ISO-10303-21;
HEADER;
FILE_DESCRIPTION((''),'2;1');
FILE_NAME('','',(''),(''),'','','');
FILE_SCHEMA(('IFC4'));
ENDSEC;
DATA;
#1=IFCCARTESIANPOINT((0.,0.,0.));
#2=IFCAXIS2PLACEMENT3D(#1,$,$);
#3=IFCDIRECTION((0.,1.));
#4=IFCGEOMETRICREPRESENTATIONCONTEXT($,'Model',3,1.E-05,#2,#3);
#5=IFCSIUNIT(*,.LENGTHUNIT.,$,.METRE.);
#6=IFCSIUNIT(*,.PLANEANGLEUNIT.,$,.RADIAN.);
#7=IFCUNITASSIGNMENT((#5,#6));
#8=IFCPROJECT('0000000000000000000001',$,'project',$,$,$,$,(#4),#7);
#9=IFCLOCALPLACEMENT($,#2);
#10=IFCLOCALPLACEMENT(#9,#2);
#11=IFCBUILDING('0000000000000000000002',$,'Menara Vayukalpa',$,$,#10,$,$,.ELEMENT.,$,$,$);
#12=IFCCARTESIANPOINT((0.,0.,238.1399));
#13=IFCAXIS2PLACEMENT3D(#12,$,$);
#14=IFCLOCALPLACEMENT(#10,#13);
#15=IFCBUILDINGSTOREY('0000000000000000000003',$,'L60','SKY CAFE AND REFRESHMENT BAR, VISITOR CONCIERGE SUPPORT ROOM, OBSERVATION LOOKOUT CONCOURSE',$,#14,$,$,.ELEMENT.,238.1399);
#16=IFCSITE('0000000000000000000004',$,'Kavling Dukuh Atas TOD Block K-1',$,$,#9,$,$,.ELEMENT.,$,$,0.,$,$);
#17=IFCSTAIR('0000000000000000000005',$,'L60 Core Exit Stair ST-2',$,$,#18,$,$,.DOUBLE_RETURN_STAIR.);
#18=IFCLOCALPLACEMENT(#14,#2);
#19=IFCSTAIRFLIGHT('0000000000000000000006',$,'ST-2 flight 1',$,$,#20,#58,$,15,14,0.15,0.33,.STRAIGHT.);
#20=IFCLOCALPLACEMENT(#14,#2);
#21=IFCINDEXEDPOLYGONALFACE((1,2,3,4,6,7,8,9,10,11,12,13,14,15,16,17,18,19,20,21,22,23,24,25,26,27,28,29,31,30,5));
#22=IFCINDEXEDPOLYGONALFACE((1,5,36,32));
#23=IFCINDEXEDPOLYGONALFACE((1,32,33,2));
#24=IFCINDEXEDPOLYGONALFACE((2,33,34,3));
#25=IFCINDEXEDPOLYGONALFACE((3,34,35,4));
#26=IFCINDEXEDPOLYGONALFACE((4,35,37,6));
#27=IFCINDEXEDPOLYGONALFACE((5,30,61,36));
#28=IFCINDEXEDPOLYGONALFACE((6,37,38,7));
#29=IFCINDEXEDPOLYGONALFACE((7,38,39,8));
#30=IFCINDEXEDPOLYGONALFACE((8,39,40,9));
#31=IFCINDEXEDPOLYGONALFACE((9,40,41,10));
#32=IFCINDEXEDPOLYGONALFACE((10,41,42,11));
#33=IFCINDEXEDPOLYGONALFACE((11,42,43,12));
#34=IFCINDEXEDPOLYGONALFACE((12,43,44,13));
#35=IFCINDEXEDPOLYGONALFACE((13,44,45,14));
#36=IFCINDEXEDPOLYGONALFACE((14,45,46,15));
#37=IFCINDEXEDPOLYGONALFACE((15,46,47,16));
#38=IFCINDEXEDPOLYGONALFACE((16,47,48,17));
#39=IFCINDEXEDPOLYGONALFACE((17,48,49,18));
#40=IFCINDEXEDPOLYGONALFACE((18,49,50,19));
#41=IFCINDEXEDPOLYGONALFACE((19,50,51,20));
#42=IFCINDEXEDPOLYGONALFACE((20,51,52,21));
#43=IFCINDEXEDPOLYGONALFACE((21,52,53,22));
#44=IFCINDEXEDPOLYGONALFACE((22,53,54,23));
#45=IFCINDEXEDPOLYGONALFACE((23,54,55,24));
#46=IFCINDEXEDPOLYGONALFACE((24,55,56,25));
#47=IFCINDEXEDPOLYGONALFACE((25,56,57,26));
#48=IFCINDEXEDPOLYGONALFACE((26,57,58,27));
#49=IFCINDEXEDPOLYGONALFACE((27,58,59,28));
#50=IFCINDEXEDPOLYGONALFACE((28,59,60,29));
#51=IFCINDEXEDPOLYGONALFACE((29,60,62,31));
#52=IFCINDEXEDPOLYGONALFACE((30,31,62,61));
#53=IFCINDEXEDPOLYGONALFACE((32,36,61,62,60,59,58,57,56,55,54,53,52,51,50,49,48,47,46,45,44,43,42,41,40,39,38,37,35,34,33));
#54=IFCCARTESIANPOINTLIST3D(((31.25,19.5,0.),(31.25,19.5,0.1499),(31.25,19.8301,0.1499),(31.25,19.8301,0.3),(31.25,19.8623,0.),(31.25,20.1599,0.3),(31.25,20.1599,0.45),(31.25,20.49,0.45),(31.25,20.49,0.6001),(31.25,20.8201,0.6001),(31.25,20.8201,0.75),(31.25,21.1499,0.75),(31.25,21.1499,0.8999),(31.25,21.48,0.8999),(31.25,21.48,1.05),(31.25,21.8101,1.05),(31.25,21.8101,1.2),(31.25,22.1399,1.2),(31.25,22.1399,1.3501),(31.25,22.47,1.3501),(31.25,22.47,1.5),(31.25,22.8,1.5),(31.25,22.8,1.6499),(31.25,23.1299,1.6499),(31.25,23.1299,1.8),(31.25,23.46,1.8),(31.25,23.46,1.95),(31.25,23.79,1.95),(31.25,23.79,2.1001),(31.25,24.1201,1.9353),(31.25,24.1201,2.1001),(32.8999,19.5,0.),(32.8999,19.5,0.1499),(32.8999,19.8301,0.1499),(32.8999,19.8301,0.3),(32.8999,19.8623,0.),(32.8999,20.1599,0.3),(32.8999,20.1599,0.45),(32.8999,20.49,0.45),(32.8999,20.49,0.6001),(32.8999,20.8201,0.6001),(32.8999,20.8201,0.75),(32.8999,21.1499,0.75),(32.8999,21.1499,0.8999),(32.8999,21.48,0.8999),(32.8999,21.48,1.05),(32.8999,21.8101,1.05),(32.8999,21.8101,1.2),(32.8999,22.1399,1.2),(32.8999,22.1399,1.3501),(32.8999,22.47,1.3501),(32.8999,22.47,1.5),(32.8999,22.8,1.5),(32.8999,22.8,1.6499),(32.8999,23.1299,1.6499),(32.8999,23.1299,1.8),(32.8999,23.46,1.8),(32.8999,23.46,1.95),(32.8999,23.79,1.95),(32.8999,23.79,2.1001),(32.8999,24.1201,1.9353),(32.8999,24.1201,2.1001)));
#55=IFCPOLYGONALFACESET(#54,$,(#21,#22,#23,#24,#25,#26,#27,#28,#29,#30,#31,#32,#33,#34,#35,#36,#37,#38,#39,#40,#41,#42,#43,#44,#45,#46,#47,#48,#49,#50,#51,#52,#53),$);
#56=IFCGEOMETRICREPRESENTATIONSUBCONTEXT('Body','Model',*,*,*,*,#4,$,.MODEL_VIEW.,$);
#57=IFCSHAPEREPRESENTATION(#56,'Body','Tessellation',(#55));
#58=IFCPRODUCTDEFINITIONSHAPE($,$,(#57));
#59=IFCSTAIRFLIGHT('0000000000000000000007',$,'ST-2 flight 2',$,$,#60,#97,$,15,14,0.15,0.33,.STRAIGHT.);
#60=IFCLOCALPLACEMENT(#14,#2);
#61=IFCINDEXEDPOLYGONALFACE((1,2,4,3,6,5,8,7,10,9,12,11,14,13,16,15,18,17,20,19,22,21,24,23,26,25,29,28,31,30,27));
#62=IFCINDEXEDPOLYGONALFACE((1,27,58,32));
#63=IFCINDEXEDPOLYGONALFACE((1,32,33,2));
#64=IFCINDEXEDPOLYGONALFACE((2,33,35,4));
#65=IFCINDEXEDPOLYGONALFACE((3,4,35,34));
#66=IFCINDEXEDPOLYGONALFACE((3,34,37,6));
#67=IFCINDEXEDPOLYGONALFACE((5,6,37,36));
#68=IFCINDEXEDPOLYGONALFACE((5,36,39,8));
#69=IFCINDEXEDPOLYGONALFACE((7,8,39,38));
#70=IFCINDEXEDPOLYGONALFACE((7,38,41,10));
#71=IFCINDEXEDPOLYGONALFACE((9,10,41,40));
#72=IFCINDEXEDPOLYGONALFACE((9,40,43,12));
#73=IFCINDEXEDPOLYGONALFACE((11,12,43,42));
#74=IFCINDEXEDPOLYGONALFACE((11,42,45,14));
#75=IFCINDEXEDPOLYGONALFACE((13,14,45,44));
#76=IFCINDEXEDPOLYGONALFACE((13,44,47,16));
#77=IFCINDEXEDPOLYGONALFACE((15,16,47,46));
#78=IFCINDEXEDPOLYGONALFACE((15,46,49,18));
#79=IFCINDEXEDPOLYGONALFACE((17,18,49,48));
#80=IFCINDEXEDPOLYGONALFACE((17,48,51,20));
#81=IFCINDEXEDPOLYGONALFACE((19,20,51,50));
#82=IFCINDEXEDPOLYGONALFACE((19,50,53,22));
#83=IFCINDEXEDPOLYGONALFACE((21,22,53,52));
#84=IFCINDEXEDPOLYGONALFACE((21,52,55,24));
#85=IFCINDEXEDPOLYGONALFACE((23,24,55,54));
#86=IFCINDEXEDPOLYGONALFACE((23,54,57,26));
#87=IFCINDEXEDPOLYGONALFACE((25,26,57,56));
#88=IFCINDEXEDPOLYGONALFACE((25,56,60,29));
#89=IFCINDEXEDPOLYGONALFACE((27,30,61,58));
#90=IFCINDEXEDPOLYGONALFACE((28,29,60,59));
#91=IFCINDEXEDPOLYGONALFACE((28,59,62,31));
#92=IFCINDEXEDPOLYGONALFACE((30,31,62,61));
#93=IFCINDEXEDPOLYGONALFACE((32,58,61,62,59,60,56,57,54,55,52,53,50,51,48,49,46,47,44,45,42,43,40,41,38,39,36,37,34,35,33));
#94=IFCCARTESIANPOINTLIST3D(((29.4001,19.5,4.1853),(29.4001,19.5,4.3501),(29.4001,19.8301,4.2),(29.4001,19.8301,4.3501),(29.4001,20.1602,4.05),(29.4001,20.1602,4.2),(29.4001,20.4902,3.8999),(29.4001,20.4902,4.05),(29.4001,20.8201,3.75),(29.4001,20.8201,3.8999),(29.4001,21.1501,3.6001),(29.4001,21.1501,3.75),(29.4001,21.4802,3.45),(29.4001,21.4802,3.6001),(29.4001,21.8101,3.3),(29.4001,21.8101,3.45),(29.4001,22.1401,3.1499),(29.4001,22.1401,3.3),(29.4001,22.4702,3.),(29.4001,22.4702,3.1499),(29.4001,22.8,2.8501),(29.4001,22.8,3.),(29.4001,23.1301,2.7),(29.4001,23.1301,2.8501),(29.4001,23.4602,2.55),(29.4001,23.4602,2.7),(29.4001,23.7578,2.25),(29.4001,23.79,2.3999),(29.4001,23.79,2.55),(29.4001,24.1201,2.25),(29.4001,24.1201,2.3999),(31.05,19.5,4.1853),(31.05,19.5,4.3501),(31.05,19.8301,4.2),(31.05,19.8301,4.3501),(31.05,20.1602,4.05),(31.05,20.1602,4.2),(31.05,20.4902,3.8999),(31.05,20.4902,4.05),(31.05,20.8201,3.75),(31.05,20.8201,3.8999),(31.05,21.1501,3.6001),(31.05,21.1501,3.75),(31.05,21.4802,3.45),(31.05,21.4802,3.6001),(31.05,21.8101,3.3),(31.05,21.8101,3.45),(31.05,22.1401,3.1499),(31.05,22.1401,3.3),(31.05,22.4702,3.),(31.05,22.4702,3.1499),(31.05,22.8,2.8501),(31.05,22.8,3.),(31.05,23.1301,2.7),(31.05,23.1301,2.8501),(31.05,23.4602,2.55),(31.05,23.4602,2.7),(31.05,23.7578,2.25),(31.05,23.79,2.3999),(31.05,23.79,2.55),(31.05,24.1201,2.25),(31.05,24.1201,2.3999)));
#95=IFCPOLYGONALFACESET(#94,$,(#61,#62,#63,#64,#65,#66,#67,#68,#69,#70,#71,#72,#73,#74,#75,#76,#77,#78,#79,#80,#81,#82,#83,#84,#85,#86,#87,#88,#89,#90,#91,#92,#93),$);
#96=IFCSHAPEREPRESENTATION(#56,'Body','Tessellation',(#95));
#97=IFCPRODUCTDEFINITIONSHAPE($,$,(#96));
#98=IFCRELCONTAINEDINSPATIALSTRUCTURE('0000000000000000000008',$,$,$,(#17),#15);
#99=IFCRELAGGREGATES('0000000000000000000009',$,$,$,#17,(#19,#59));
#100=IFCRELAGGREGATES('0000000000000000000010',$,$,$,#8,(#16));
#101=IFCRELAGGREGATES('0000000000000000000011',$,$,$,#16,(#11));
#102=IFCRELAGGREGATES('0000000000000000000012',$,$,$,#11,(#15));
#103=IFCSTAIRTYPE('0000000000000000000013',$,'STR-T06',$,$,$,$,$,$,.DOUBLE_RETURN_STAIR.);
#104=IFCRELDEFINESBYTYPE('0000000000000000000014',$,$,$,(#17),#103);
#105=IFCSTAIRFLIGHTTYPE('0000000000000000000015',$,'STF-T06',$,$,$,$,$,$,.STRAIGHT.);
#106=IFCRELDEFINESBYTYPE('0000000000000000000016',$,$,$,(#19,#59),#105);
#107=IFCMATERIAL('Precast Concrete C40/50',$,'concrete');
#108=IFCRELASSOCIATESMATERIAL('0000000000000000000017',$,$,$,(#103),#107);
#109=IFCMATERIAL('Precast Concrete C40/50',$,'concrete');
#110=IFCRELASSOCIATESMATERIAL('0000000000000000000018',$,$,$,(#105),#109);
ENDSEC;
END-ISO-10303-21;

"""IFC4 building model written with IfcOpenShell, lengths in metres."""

from ifc_helpers import new_model, si_unit, direction, frame, origin, place, context, subcontext, project, spatial, polyline, outline, extrude, material, type_object, element, aggregate, save


model = new_model("IFC4")

# Units and contexts
model_context = context("Model", 3, precision=1e-05, world=origin(), true_north=direction((0.0, 1.0)))
body_context = subcontext(model_context, "Body", "Model", "MODEL_VIEW")
ifc_project = project(units=[si_unit("LENGTHUNIT", "METRE"), si_unit("PLANEANGLEUNIT", "RADIAN")], contexts=[model_context])

# Site, building, storey
site_placement = place(None, origin())
site = spatial("IfcSite", under=ifc_project, at=site_placement, Name="Kavling Dukuh Atas TOD Block K-1", CompositionType="ELEMENT", RefElevation=0.0)
building_placement = place(site_placement, origin())
building = spatial("IfcBuilding", under=site, at=building_placement, Name="Menara Vayukalpa", CompositionType="ELEMENT")
storey_placement = place(building_placement, frame((0.0, 0.0, 238.1399)))
storey = spatial("IfcBuildingStorey", under=building, at=storey_placement, Name="L60", Description="SKY CAFE AND REFRESHMENT BAR, VISITOR CONCIERGE SUPPORT ROOM, OBSERVATION LOOKOUT CONCOURSE", CompositionType="ELEMENT", Elevation=238.1399)

# Stair, stair flights
ifc_material_1 = material(Name="Precast Concrete C40/50", Category="concrete")
stair_type = type_object("IfcStairType", Name="STR-T06", PredefinedType="DOUBLE_RETURN_STAIR", material=ifc_material_1)
stair_placement = place(storey_placement, origin())
stair = element("IfcStair", 1, at=stair_placement, inside=storey, type_object=stair_type, Name="L60 Core Exit Stair ST-2", PredefinedType="DOUBLE_RETURN_STAIR")
ifc_material_2 = material(Name="Precast Concrete C40/50", Category="concrete")
stair_flight_type = type_object("IfcStairFlightType", Name="STF-T06", PredefinedType="STRAIGHT", material=ifc_material_2)
stair_flight_1_placement = place(storey_placement, frame((32.075, 19.5, 0.0), z_axis=(0.0, 0.0, 1.0), x_axis=(0.0, 1.0, 0.0)))
stair_flight_1 = element("IfcStairFlight", 2, at=stair_flight_1_placement, type_object=stair_flight_type, Name="ST-2 flight 1", NumberOfRisers=15, NumberOfTreads=14, PredefinedType="STRAIGHT", RiserHeight=0.15, TreadLength=0.33, context=body_context, shape_type="SweptSolid", body=[
    extrude(outline(polyline([(0.0, 0.0), (0.0, 0.1499), (0.3301, 0.1499), (0.3301, 0.3), (0.6599, 0.3), (0.6599, 0.45), (0.99, 0.45), (0.99, 0.6001), (1.3201, 0.6001), (1.3201, 0.75), (1.6499, 0.75), (1.6499, 0.8999), (1.98, 0.8999), (1.98, 1.05), (2.3101, 1.05), (2.3101, 1.2), (2.6399, 1.2), (2.6399, 1.3501), (2.97, 1.3501), (2.97, 1.5), (3.3, 1.5), (3.3, 1.6499), (3.6299, 1.6499), (3.6299, 1.8), (3.96, 1.8), (3.96, 1.95), (4.29, 1.95), (4.29, 2.1001), (4.6201, 2.1001), (4.6201, 2.25), (4.6201, 1.9353), (0.3623, 0.0), (0.0, 0.0)])), frame((0.0, 0.825, 0.0), z_axis=(0.0, -1.0, 0.0), x_axis=(1.0, 0.0, 0.0)), (0.0, 0.0, 1.0), 1.6499),
])
stair_flight_2_placement = place(storey_placement, frame((30.2251, 24.1201, 2.25), z_axis=(0.0, 0.0, 1.0), x_axis=(0.0, -1.0, 0.0)))
stair_flight_2 = element("IfcStairFlight", 3, at=stair_flight_2_placement, type_object=stair_flight_type, Name="ST-2 flight 2", NumberOfRisers=15, NumberOfTreads=14, PredefinedType="STRAIGHT", RiserHeight=0.15, TreadLength=0.33, context=body_context, shape_type="SweptSolid", body=[
    extrude(outline(polyline([(0.0, 0.0), (0.0, 0.1499), (0.3301, 0.1499), (0.3301, 0.3), (0.6599, 0.3), (0.6599, 0.45), (0.99, 0.45), (0.99, 0.6001), (1.3201, 0.6001), (1.3201, 0.75), (1.6499, 0.75), (1.6499, 0.8999), (1.98, 0.8999), (1.98, 1.05), (2.3101, 1.05), (2.3101, 1.2), (2.6399, 1.2), (2.6399, 1.3501), (2.97, 1.3501), (2.97, 1.5), (3.3, 1.5), (3.3, 1.6499), (3.6299, 1.6499), (3.6299, 1.8), (3.96, 1.8), (3.96, 1.95), (4.29, 1.95), (4.29, 2.1001), (4.6201, 2.1001), (4.6201, 2.25), (4.6201, 1.9353), (0.3623, 0.0), (0.0, 0.0)])), frame((0.0, 0.825, 0.0), z_axis=(0.0, -1.0, 0.0), x_axis=(1.0, 0.0, 0.0)), (0.0, 0.0, 1.0), 1.6499),
])
aggregate(stair, [stair_flight_1, stair_flight_2])

save(model, "model.ifc")
